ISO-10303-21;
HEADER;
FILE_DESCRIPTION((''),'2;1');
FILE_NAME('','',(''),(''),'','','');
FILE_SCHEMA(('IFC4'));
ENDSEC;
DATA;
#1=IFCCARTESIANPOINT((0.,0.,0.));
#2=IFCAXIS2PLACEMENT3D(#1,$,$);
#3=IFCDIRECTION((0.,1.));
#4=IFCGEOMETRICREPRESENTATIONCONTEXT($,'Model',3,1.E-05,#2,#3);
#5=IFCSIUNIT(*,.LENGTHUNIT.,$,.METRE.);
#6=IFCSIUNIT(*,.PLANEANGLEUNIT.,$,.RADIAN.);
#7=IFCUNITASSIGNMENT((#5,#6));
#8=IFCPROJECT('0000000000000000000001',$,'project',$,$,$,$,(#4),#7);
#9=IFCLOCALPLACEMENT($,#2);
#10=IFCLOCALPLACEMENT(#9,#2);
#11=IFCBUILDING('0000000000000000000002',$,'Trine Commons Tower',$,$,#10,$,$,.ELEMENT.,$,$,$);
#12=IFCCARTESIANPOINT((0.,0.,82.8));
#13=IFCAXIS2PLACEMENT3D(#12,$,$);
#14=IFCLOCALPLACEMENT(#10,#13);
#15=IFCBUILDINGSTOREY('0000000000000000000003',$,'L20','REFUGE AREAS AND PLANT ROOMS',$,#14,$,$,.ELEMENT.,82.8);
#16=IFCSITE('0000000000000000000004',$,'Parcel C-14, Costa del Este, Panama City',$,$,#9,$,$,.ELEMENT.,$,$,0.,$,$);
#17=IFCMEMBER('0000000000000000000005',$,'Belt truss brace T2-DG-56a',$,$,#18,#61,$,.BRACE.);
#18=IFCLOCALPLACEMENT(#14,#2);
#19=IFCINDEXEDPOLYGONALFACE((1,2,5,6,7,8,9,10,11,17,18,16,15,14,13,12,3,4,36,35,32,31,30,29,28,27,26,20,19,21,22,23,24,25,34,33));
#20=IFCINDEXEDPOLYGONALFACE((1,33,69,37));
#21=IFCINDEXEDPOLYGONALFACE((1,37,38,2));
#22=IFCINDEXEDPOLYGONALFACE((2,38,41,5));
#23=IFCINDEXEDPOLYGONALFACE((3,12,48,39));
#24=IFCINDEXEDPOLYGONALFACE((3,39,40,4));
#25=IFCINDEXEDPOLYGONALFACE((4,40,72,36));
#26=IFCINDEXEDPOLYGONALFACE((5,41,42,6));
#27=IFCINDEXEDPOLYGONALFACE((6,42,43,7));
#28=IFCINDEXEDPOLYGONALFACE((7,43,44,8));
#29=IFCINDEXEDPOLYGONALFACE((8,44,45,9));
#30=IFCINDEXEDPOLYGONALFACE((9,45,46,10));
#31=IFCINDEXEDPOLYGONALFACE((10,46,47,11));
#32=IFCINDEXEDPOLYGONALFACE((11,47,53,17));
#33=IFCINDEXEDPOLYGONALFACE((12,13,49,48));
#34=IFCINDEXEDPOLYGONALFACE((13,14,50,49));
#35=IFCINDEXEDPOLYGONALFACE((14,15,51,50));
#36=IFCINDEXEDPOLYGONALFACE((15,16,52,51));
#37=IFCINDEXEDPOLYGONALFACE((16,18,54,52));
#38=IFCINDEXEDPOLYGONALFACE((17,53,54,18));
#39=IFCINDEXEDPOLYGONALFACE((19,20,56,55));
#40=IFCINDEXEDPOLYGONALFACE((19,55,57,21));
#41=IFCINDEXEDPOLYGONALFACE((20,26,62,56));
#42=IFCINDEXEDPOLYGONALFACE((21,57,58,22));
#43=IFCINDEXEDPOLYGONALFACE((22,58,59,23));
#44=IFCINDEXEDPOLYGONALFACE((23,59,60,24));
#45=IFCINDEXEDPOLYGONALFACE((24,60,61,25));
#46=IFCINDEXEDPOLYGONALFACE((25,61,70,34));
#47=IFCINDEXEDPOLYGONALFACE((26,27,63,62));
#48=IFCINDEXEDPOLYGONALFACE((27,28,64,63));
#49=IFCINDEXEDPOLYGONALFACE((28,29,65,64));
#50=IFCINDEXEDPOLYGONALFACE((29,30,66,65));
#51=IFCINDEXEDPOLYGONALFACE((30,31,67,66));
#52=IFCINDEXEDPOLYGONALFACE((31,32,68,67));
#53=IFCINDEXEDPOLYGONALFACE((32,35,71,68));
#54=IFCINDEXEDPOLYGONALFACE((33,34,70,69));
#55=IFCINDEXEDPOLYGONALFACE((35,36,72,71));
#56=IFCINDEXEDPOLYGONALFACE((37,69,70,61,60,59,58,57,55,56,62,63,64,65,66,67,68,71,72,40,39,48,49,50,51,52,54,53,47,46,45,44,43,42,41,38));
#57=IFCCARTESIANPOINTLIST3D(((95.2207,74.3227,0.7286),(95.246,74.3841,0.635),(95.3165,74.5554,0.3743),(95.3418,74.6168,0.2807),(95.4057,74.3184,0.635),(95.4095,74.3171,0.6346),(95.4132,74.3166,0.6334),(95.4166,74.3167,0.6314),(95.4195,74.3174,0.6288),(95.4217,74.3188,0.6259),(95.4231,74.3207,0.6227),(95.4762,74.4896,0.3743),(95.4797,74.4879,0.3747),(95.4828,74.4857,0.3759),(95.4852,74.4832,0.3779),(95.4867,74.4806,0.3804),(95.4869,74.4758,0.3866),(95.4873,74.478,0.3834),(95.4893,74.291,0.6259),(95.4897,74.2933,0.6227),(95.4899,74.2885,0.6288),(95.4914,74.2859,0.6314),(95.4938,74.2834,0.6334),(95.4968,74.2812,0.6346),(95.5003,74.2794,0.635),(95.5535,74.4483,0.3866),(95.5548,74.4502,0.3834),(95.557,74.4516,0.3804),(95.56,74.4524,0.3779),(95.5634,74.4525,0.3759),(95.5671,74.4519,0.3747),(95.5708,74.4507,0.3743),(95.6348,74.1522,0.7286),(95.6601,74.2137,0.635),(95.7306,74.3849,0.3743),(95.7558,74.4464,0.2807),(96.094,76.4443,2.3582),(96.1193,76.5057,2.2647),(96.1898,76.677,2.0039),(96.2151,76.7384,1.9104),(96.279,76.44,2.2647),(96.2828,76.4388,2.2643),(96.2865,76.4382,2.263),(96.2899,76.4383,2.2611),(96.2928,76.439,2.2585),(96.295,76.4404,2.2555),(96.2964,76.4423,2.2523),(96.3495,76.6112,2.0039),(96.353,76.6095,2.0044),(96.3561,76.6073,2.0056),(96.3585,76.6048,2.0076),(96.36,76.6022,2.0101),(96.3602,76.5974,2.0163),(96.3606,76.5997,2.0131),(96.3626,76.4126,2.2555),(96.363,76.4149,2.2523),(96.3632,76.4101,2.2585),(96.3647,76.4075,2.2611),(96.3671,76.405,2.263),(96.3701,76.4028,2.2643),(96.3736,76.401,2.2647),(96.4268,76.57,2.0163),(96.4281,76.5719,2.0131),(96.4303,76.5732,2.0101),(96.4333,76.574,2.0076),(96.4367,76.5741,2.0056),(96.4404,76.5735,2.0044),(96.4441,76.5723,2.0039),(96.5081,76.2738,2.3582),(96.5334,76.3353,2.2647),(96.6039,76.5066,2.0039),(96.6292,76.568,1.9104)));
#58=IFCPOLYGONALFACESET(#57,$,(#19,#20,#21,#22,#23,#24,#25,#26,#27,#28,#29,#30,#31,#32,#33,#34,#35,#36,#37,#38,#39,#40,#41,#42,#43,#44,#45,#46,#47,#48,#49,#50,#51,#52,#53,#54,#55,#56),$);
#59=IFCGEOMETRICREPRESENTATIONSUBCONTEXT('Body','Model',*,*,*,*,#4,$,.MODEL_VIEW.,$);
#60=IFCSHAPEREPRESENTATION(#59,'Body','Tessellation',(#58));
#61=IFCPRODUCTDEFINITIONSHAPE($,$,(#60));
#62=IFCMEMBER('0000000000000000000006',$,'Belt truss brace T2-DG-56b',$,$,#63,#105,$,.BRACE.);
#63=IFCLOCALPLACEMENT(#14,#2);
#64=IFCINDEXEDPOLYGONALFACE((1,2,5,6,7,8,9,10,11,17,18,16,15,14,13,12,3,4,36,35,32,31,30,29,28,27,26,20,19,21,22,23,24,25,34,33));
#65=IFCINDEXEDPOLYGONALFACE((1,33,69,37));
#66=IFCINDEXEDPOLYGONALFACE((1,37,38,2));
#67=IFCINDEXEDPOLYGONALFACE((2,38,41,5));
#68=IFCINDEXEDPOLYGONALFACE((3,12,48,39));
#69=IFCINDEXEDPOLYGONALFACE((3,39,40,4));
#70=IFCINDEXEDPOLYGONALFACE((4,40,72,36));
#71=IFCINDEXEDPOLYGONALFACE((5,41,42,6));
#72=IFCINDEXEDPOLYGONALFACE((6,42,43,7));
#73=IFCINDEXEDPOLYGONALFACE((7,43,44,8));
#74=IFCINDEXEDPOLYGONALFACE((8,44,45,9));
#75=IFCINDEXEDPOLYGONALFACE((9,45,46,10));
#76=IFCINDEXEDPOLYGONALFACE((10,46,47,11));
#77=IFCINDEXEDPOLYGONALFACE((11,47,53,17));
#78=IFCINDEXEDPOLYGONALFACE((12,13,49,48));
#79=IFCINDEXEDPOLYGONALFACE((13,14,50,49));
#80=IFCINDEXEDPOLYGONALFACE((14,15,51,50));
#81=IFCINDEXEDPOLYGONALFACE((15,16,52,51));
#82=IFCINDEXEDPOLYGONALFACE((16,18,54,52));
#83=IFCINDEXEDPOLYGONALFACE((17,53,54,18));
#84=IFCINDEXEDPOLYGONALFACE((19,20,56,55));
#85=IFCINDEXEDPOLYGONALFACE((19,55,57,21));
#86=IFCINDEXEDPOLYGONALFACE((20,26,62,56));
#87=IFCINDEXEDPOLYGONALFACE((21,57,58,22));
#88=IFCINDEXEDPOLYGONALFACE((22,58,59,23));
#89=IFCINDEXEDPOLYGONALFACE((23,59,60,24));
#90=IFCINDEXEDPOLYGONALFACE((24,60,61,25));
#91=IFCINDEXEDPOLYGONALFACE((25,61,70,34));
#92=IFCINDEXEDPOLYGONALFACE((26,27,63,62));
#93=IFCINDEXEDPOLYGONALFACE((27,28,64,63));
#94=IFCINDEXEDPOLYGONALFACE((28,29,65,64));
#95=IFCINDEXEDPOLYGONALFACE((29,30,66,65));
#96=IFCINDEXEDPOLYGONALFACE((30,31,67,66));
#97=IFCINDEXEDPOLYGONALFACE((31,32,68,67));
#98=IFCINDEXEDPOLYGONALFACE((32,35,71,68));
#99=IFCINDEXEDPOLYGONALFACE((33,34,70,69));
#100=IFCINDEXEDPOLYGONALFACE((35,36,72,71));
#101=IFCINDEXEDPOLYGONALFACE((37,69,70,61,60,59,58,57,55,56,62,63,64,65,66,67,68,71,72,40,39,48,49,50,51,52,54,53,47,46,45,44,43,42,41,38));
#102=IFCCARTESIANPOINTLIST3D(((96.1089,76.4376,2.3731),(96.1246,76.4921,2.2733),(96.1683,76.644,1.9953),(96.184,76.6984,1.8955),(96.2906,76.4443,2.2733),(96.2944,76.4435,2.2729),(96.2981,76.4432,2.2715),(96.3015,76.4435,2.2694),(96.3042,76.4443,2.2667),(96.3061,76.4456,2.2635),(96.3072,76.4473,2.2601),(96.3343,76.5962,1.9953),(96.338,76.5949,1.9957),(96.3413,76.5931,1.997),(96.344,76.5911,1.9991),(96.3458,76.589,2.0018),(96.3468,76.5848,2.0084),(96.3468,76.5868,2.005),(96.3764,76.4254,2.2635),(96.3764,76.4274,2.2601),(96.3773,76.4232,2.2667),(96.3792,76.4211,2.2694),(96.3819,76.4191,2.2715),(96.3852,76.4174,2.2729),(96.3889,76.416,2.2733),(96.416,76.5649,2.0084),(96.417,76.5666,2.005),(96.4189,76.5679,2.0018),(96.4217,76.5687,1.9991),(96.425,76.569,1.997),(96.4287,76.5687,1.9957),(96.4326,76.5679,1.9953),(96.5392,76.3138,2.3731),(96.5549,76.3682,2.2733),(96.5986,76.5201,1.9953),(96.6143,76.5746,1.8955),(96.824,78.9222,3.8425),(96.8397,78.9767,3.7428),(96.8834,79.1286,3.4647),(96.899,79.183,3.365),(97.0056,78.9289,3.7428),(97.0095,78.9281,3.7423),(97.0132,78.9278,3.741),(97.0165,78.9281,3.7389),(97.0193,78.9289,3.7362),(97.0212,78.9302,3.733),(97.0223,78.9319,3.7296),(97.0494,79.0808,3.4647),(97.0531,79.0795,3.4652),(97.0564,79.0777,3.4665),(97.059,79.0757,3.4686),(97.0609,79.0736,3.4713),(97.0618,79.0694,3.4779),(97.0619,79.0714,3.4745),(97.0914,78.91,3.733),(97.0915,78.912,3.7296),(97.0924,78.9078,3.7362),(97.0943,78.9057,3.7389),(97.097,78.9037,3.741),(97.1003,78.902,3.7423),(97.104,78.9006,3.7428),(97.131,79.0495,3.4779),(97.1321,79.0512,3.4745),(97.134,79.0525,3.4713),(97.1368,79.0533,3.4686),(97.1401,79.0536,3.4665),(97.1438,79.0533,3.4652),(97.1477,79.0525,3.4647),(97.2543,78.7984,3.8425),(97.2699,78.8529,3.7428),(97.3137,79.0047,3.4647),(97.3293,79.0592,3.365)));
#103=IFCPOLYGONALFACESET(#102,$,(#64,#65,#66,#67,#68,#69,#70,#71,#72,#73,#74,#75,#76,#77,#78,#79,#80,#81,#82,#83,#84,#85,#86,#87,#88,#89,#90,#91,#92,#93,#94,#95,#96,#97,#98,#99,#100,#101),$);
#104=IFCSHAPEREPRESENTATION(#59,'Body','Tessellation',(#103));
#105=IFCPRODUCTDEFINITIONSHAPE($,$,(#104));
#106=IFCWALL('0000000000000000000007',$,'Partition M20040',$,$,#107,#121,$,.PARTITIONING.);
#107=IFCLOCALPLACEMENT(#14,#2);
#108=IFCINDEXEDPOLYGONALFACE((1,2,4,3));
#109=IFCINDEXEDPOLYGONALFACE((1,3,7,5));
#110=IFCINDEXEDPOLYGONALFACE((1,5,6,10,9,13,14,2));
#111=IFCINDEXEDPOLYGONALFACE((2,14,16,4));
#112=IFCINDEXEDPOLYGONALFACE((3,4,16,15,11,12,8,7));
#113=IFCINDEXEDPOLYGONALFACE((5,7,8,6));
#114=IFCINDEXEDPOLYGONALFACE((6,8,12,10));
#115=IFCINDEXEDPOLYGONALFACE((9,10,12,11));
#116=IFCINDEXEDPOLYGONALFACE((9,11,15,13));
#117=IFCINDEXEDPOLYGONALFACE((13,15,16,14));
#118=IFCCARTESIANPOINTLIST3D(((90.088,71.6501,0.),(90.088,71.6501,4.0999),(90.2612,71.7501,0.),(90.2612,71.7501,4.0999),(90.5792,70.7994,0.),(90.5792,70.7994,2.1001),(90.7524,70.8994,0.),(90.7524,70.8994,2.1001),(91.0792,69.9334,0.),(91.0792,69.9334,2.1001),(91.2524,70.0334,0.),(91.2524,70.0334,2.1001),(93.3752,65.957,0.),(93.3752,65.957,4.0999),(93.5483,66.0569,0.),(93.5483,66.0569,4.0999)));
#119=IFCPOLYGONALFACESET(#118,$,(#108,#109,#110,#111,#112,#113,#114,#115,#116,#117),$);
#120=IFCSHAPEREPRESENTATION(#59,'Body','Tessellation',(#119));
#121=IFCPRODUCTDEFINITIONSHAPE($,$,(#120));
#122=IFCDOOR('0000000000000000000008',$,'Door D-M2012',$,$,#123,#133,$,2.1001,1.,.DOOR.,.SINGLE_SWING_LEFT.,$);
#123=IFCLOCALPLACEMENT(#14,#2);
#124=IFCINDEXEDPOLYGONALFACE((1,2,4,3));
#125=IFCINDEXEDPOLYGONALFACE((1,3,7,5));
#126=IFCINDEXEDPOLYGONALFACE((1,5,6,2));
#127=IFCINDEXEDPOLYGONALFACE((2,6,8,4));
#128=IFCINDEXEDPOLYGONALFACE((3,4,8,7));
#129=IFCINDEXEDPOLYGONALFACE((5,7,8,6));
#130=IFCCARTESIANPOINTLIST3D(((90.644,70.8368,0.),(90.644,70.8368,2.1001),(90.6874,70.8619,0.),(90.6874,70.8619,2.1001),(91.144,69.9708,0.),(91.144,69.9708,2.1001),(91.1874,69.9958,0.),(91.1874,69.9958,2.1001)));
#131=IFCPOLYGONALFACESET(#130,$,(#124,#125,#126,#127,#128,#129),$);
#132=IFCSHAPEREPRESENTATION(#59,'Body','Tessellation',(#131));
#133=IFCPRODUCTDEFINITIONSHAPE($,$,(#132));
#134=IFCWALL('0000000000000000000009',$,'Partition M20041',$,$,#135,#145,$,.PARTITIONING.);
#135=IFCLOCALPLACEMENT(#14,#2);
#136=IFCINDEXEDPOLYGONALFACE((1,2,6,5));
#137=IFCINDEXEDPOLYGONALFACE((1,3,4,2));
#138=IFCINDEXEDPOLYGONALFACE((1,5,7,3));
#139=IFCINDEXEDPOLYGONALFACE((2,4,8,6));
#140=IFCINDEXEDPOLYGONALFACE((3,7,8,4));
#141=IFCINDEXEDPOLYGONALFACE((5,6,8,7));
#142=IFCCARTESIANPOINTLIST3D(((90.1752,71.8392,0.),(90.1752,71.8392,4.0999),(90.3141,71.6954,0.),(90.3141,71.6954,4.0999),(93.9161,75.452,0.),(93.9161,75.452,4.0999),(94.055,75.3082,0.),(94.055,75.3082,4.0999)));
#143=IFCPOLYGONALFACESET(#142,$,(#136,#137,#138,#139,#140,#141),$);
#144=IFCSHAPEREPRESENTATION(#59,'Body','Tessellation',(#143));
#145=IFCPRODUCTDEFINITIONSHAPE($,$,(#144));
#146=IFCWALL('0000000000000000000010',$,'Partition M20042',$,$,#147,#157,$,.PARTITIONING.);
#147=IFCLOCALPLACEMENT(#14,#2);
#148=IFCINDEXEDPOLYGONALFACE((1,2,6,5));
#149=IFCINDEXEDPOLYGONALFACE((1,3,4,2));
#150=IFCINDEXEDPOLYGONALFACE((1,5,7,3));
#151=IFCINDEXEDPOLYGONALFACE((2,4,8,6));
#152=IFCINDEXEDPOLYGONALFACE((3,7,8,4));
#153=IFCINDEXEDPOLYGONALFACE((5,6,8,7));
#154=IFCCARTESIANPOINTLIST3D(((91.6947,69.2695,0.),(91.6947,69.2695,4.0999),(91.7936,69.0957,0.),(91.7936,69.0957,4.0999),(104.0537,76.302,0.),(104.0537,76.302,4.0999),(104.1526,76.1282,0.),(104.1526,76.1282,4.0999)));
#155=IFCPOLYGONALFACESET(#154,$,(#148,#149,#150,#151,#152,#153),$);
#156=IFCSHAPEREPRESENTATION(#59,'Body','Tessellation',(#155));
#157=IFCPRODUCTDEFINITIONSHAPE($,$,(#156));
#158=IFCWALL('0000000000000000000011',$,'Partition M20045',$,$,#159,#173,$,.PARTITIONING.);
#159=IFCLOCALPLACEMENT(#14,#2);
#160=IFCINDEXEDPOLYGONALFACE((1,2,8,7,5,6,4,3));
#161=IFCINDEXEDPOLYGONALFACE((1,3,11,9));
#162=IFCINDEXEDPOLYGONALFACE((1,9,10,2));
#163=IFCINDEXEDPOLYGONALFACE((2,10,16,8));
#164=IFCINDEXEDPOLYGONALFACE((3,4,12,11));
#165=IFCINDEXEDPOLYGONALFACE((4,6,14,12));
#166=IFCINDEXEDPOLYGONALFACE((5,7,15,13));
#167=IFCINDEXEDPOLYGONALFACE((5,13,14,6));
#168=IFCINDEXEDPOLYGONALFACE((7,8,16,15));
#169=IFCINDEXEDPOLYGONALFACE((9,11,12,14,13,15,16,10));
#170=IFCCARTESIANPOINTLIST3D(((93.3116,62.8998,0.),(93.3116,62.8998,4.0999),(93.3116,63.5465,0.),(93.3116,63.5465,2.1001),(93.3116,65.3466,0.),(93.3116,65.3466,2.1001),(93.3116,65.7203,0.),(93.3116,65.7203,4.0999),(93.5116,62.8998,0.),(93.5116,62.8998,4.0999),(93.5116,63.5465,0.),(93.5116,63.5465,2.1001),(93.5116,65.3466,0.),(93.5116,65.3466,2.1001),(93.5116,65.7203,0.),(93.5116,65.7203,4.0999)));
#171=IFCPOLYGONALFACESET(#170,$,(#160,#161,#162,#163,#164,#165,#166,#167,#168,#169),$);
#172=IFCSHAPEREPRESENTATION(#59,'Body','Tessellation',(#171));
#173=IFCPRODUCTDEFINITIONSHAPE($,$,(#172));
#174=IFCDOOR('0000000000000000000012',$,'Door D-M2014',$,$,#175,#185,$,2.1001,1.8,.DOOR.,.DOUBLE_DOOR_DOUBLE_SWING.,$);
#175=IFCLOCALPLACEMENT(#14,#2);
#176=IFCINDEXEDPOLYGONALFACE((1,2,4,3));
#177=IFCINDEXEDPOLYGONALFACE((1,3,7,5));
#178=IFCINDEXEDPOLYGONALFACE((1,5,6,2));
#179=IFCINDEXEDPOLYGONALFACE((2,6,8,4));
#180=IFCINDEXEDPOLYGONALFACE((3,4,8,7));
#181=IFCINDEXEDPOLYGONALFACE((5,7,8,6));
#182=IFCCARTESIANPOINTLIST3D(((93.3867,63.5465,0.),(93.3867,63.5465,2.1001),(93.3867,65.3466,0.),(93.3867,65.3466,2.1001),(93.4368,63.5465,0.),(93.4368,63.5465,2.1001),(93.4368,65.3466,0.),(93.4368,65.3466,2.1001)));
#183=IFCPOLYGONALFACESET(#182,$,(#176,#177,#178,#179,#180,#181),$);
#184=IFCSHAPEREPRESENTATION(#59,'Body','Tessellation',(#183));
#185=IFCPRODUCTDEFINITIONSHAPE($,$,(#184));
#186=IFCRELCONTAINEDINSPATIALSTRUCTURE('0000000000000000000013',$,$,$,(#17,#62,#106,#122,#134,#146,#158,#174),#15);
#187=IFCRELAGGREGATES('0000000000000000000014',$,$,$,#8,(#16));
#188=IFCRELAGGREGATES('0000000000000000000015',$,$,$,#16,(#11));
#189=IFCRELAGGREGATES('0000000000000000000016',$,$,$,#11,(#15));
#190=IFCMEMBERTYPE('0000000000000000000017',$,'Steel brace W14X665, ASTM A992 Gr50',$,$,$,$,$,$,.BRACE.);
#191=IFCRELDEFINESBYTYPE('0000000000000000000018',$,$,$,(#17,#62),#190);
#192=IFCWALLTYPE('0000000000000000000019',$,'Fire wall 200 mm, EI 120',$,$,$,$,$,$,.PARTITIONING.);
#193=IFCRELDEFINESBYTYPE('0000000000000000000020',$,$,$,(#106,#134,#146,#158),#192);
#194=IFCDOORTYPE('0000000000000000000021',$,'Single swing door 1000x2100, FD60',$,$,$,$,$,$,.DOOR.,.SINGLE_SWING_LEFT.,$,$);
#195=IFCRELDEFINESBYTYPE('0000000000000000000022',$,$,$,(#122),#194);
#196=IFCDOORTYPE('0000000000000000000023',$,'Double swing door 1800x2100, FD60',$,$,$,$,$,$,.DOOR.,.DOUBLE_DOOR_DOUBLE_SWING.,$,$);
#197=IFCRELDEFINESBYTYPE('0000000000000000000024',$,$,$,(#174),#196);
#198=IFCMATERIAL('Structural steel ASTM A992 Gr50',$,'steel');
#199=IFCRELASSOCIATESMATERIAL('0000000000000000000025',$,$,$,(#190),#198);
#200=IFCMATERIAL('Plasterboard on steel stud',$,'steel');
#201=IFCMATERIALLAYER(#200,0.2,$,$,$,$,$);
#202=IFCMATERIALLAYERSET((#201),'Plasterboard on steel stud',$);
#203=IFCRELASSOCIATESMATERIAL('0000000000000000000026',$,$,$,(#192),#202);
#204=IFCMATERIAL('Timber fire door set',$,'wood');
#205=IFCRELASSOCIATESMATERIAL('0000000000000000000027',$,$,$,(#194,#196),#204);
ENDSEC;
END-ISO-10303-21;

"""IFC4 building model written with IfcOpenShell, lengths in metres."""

from ifc_helpers import new_model, si_unit, direction, frame, frame_2d, origin, origin_2d, place, context, subcontext, project, spatial, rectangle, i_section, extrude, material, layer, layer_set, material_profile, profile_set, type_object, element, fill, save


model = new_model("IFC4")

# Units and contexts
model_context = context("Model", 3, precision=1e-05, world=origin(), true_north=direction((0.0, 1.0)))
body_context = subcontext(model_context, "Body", "Model", "MODEL_VIEW")
ifc_project = project(units=[si_unit("LENGTHUNIT", "METRE"), si_unit("PLANEANGLEUNIT", "RADIAN")], contexts=[model_context])

# Site, building, storey
site_placement = place(None, origin())
site = spatial("IfcSite", under=ifc_project, at=site_placement, Name="Parcel C-14, Costa del Este, Panama City", CompositionType="ELEMENT", RefElevation=0.0)
building_placement = place(site_placement, origin())
building = spatial("IfcBuilding", under=site, at=building_placement, Name="Trine Commons Tower", CompositionType="ELEMENT")
storey_placement = place(building_placement, frame((0.0, 0.0, 82.8)))
storey = spatial("IfcBuildingStorey", under=building, at=storey_placement, Name="L20", Description="REFUGE AREAS AND PLANT ROOMS", CompositionType="ELEMENT", Elevation=82.8)

# Shared definitions
ifc_material_1 = material(Name="Structural steel ASTM A992 Gr50", Category="steel")

# Members
ifc_material_profile_1 = material_profile(ifc_material_1, i_section(OverallWidth=0.4478, OverallDepth=0.5493, WebThickness=0.072, FlangeThickness=0.1147, FilletRadius=0.0151, at=origin_2d()), Name="W14X665")
ifc_profile_set_1 = profile_set([ifc_material_profile_1], Name="Structural steel ASTM A992 Gr50")
member_type_1 = type_object("IfcMemberType", Name="Steel brace W14X665, ASTM A992 Gr50", PredefinedType="BRACE", material=ifc_profile_set_1)
member_1_placement = place(storey_placement, frame((95.4883, 74.3845, 0.5046), z_axis=(0.310321, 0.753897, 0.579086), x_axis=(-0.924724, 0.380637, 0.0)))
element("IfcMember", 1, at=member_1_placement, inside=storey, type_object=member_type_1, Name="Belt truss brace T2-DG-56a", PredefinedType="BRACE", context=body_context, shape_type="SweptSolid", body=[
    extrude(i_section(OverallWidth=0.4478, OverallDepth=0.5493, WebThickness=0.072, FlangeThickness=0.1147, FilletRadius=0.0151, at=origin_2d()), origin(), (0.0, 0.0, 1.0), 2.8142),
])
member_2_placement = place(storey_placement, frame((96.3616, 76.5061, 2.1343), z_axis=(0.240455, 0.835476, 0.494127), x_axis=(-0.960991, 0.276579, 0.0)))
element("IfcMember", 2, at=member_2_placement, inside=storey, type_object=member_type_1, Name="Belt truss brace T2-DG-56b", PredefinedType="BRACE", context=body_context, shape_type="SweptSolid", body=[
    extrude(i_section(OverallWidth=0.4478, OverallDepth=0.5493, WebThickness=0.072, FlangeThickness=0.1147, FilletRadius=0.0151, at=origin_2d()), origin(), (0.0, 0.0, 1.0), 2.9739),
])

# Wall, opening, door
ifc_material_2 = material(Name="Plasterboard on steel stud", Category="steel")
ifc_layer_1 = layer(ifc_material_2, 0.2)
ifc_layer_set_1 = layer_set([ifc_layer_1], Name="Plasterboard on steel stud")
wall_type_1 = type_object("IfcWallType", Name="Fire wall 200 mm, EI 120", PredefinedType="PARTITIONING", material=ifc_layer_set_1)
wall_1_placement = place(storey_placement, frame((90.1746, 71.7002, 0.0), z_axis=(0.0, 0.0, 1.0), x_axis=(0.500021, -0.866013, 0.0)))
wall_1 = element("IfcWall", 3, at=wall_1_placement, inside=storey, type_object=wall_type_1, Name="Partition M20040", PredefinedType="PARTITIONING", context=body_context, shape_type="SweptSolid", body=[
    extrude(rectangle(XDim=6.574, YDim=0.2, at=frame_2d((3.2871, 0.0))), origin(), (0.0, 0.0, 1.0), 4.0999),
])
opening_1_placement = place(wall_1_placement, frame((0.9824, 0.0, 0.0)))
opening_1 = element("IfcOpeningElement", 4, at=opening_1_placement, cuts=wall_1, PredefinedType="OPENING", context=body_context, shape_type="SweptSolid", body=[
    extrude(rectangle(XDim=1.0, YDim=2.1001, at=frame_2d((0.5, 1.05))), frame((0.0, 0.1099, 0.0), z_axis=(0.0, -1.0, 0.0), x_axis=(1.0, 0.0, 0.0)), (0.0, 0.0, 1.0), 0.22),
])
ifc_material_3 = material(Name="Timber fire door set", Category="wood")
door_type_1 = type_object("IfcDoorType", Name="Single swing door 1000x2100, FD60", OperationType="SINGLE_SWING_LEFT", PredefinedType="DOOR", material=ifc_material_3)
door_1_placement = place(opening_1_placement, origin())
door_1 = element("IfcDoor", 5, at=door_1_placement, inside=storey, type_object=door_type_1, Name="Door D-M2012", OperationType="SINGLE_SWING_LEFT", OverallHeight=2.1001, OverallWidth=1.0, PredefinedType="DOOR", context=body_context, shape_type="SweptSolid", body=[
    extrude(rectangle(XDim=1.0, YDim=2.1001, at=frame_2d((0.5, 1.05))), frame((0.0, 0.0249, 0.0), z_axis=(0.0, -1.0, 0.0), x_axis=(1.0, 0.0, 0.0)), (0.0, 0.0, 1.0), 0.05),
])
fill(opening_1, door_1)

# Walls
wall_2_placement = place(storey_placement, frame((90.2446, 71.7673, 0.0), z_axis=(0.0, 0.0, 1.0), x_axis=(0.719322, 0.694677, 0.0)))
element("IfcWall", 6, at=wall_2_placement, inside=storey, type_object=wall_type_1, Name="Partition M20041", PredefinedType="PARTITIONING", context=body_context, shape_type="SweptSolid", body=[
    extrude(rectangle(XDim=5.2007, YDim=0.2, at=frame_2d((2.6003, 0.0))), origin(), (0.0, 0.0, 1.0), 4.0999),
])
wall_3_placement = place(storey_placement, frame((91.7441, 69.1826, 0.0), z_axis=(0.0, 0.0, 1.0), x_axis=(0.869143, 0.494561, 0.0)))
element("IfcWall", 7, at=wall_3_placement, inside=storey, type_object=wall_type_1, Name="Partition M20042", PredefinedType="PARTITIONING", context=body_context, shape_type="SweptSolid", body=[
    extrude(rectangle(XDim=14.2197, YDim=0.2, at=frame_2d((7.1099, 0.0))), origin(), (0.0, 0.0, 1.0), 4.0999),
])

# Wall, opening, door
wall_4_placement = place(storey_placement, frame((93.4116, 62.8999, 0.0), z_axis=(0.0, 0.0, 1.0), x_axis=(0.0, 1.0, 0.0)))
wall_4 = element("IfcWall", 8, at=wall_4_placement, inside=storey, type_object=wall_type_1, Name="Partition M20045", PredefinedType="PARTITIONING", context=body_context, shape_type="SweptSolid", body=[
    extrude(rectangle(XDim=2.8206, YDim=0.2, at=frame_2d((1.4102, 0.0))), origin(), (0.0, 0.0, 1.0), 4.0999),
])
opening_2_placement = place(wall_4_placement, frame((0.6467, 0.0, 0.0)))
opening_2 = element("IfcOpeningElement", 9, at=opening_2_placement, cuts=wall_4, PredefinedType="OPENING", context=body_context, shape_type="SweptSolid", body=[
    extrude(rectangle(XDim=1.8, YDim=2.1001, at=frame_2d((0.8999, 1.05))), frame((0.0, 0.1099, 0.0), z_axis=(0.0, -1.0, 0.0), x_axis=(1.0, 0.0, 0.0)), (0.0, 0.0, 1.0), 0.22),
])
door_type_2 = type_object("IfcDoorType", Name="Double swing door 1800x2100, FD60", OperationType="DOUBLE_DOOR_DOUBLE_SWING", PredefinedType="DOOR", material=ifc_material_3)
door_2_placement = place(opening_2_placement, origin())
door_2 = element("IfcDoor", 10, at=door_2_placement, inside=storey, type_object=door_type_2, Name="Door D-M2014", OperationType="DOUBLE_DOOR_DOUBLE_SWING", OverallHeight=2.1001, OverallWidth=1.8, PredefinedType="DOOR", context=body_context, shape_type="SweptSolid", body=[
    extrude(rectangle(XDim=1.8, YDim=2.1001, at=frame_2d((0.8999, 1.05))), frame((0.0, 0.0249, 0.0), z_axis=(0.0, -1.0, 0.0), x_axis=(1.0, 0.0, 0.0)), (0.0, 0.0, 1.0), 0.05),
])
fill(opening_2, door_2)

save(model, "model.ifc")
